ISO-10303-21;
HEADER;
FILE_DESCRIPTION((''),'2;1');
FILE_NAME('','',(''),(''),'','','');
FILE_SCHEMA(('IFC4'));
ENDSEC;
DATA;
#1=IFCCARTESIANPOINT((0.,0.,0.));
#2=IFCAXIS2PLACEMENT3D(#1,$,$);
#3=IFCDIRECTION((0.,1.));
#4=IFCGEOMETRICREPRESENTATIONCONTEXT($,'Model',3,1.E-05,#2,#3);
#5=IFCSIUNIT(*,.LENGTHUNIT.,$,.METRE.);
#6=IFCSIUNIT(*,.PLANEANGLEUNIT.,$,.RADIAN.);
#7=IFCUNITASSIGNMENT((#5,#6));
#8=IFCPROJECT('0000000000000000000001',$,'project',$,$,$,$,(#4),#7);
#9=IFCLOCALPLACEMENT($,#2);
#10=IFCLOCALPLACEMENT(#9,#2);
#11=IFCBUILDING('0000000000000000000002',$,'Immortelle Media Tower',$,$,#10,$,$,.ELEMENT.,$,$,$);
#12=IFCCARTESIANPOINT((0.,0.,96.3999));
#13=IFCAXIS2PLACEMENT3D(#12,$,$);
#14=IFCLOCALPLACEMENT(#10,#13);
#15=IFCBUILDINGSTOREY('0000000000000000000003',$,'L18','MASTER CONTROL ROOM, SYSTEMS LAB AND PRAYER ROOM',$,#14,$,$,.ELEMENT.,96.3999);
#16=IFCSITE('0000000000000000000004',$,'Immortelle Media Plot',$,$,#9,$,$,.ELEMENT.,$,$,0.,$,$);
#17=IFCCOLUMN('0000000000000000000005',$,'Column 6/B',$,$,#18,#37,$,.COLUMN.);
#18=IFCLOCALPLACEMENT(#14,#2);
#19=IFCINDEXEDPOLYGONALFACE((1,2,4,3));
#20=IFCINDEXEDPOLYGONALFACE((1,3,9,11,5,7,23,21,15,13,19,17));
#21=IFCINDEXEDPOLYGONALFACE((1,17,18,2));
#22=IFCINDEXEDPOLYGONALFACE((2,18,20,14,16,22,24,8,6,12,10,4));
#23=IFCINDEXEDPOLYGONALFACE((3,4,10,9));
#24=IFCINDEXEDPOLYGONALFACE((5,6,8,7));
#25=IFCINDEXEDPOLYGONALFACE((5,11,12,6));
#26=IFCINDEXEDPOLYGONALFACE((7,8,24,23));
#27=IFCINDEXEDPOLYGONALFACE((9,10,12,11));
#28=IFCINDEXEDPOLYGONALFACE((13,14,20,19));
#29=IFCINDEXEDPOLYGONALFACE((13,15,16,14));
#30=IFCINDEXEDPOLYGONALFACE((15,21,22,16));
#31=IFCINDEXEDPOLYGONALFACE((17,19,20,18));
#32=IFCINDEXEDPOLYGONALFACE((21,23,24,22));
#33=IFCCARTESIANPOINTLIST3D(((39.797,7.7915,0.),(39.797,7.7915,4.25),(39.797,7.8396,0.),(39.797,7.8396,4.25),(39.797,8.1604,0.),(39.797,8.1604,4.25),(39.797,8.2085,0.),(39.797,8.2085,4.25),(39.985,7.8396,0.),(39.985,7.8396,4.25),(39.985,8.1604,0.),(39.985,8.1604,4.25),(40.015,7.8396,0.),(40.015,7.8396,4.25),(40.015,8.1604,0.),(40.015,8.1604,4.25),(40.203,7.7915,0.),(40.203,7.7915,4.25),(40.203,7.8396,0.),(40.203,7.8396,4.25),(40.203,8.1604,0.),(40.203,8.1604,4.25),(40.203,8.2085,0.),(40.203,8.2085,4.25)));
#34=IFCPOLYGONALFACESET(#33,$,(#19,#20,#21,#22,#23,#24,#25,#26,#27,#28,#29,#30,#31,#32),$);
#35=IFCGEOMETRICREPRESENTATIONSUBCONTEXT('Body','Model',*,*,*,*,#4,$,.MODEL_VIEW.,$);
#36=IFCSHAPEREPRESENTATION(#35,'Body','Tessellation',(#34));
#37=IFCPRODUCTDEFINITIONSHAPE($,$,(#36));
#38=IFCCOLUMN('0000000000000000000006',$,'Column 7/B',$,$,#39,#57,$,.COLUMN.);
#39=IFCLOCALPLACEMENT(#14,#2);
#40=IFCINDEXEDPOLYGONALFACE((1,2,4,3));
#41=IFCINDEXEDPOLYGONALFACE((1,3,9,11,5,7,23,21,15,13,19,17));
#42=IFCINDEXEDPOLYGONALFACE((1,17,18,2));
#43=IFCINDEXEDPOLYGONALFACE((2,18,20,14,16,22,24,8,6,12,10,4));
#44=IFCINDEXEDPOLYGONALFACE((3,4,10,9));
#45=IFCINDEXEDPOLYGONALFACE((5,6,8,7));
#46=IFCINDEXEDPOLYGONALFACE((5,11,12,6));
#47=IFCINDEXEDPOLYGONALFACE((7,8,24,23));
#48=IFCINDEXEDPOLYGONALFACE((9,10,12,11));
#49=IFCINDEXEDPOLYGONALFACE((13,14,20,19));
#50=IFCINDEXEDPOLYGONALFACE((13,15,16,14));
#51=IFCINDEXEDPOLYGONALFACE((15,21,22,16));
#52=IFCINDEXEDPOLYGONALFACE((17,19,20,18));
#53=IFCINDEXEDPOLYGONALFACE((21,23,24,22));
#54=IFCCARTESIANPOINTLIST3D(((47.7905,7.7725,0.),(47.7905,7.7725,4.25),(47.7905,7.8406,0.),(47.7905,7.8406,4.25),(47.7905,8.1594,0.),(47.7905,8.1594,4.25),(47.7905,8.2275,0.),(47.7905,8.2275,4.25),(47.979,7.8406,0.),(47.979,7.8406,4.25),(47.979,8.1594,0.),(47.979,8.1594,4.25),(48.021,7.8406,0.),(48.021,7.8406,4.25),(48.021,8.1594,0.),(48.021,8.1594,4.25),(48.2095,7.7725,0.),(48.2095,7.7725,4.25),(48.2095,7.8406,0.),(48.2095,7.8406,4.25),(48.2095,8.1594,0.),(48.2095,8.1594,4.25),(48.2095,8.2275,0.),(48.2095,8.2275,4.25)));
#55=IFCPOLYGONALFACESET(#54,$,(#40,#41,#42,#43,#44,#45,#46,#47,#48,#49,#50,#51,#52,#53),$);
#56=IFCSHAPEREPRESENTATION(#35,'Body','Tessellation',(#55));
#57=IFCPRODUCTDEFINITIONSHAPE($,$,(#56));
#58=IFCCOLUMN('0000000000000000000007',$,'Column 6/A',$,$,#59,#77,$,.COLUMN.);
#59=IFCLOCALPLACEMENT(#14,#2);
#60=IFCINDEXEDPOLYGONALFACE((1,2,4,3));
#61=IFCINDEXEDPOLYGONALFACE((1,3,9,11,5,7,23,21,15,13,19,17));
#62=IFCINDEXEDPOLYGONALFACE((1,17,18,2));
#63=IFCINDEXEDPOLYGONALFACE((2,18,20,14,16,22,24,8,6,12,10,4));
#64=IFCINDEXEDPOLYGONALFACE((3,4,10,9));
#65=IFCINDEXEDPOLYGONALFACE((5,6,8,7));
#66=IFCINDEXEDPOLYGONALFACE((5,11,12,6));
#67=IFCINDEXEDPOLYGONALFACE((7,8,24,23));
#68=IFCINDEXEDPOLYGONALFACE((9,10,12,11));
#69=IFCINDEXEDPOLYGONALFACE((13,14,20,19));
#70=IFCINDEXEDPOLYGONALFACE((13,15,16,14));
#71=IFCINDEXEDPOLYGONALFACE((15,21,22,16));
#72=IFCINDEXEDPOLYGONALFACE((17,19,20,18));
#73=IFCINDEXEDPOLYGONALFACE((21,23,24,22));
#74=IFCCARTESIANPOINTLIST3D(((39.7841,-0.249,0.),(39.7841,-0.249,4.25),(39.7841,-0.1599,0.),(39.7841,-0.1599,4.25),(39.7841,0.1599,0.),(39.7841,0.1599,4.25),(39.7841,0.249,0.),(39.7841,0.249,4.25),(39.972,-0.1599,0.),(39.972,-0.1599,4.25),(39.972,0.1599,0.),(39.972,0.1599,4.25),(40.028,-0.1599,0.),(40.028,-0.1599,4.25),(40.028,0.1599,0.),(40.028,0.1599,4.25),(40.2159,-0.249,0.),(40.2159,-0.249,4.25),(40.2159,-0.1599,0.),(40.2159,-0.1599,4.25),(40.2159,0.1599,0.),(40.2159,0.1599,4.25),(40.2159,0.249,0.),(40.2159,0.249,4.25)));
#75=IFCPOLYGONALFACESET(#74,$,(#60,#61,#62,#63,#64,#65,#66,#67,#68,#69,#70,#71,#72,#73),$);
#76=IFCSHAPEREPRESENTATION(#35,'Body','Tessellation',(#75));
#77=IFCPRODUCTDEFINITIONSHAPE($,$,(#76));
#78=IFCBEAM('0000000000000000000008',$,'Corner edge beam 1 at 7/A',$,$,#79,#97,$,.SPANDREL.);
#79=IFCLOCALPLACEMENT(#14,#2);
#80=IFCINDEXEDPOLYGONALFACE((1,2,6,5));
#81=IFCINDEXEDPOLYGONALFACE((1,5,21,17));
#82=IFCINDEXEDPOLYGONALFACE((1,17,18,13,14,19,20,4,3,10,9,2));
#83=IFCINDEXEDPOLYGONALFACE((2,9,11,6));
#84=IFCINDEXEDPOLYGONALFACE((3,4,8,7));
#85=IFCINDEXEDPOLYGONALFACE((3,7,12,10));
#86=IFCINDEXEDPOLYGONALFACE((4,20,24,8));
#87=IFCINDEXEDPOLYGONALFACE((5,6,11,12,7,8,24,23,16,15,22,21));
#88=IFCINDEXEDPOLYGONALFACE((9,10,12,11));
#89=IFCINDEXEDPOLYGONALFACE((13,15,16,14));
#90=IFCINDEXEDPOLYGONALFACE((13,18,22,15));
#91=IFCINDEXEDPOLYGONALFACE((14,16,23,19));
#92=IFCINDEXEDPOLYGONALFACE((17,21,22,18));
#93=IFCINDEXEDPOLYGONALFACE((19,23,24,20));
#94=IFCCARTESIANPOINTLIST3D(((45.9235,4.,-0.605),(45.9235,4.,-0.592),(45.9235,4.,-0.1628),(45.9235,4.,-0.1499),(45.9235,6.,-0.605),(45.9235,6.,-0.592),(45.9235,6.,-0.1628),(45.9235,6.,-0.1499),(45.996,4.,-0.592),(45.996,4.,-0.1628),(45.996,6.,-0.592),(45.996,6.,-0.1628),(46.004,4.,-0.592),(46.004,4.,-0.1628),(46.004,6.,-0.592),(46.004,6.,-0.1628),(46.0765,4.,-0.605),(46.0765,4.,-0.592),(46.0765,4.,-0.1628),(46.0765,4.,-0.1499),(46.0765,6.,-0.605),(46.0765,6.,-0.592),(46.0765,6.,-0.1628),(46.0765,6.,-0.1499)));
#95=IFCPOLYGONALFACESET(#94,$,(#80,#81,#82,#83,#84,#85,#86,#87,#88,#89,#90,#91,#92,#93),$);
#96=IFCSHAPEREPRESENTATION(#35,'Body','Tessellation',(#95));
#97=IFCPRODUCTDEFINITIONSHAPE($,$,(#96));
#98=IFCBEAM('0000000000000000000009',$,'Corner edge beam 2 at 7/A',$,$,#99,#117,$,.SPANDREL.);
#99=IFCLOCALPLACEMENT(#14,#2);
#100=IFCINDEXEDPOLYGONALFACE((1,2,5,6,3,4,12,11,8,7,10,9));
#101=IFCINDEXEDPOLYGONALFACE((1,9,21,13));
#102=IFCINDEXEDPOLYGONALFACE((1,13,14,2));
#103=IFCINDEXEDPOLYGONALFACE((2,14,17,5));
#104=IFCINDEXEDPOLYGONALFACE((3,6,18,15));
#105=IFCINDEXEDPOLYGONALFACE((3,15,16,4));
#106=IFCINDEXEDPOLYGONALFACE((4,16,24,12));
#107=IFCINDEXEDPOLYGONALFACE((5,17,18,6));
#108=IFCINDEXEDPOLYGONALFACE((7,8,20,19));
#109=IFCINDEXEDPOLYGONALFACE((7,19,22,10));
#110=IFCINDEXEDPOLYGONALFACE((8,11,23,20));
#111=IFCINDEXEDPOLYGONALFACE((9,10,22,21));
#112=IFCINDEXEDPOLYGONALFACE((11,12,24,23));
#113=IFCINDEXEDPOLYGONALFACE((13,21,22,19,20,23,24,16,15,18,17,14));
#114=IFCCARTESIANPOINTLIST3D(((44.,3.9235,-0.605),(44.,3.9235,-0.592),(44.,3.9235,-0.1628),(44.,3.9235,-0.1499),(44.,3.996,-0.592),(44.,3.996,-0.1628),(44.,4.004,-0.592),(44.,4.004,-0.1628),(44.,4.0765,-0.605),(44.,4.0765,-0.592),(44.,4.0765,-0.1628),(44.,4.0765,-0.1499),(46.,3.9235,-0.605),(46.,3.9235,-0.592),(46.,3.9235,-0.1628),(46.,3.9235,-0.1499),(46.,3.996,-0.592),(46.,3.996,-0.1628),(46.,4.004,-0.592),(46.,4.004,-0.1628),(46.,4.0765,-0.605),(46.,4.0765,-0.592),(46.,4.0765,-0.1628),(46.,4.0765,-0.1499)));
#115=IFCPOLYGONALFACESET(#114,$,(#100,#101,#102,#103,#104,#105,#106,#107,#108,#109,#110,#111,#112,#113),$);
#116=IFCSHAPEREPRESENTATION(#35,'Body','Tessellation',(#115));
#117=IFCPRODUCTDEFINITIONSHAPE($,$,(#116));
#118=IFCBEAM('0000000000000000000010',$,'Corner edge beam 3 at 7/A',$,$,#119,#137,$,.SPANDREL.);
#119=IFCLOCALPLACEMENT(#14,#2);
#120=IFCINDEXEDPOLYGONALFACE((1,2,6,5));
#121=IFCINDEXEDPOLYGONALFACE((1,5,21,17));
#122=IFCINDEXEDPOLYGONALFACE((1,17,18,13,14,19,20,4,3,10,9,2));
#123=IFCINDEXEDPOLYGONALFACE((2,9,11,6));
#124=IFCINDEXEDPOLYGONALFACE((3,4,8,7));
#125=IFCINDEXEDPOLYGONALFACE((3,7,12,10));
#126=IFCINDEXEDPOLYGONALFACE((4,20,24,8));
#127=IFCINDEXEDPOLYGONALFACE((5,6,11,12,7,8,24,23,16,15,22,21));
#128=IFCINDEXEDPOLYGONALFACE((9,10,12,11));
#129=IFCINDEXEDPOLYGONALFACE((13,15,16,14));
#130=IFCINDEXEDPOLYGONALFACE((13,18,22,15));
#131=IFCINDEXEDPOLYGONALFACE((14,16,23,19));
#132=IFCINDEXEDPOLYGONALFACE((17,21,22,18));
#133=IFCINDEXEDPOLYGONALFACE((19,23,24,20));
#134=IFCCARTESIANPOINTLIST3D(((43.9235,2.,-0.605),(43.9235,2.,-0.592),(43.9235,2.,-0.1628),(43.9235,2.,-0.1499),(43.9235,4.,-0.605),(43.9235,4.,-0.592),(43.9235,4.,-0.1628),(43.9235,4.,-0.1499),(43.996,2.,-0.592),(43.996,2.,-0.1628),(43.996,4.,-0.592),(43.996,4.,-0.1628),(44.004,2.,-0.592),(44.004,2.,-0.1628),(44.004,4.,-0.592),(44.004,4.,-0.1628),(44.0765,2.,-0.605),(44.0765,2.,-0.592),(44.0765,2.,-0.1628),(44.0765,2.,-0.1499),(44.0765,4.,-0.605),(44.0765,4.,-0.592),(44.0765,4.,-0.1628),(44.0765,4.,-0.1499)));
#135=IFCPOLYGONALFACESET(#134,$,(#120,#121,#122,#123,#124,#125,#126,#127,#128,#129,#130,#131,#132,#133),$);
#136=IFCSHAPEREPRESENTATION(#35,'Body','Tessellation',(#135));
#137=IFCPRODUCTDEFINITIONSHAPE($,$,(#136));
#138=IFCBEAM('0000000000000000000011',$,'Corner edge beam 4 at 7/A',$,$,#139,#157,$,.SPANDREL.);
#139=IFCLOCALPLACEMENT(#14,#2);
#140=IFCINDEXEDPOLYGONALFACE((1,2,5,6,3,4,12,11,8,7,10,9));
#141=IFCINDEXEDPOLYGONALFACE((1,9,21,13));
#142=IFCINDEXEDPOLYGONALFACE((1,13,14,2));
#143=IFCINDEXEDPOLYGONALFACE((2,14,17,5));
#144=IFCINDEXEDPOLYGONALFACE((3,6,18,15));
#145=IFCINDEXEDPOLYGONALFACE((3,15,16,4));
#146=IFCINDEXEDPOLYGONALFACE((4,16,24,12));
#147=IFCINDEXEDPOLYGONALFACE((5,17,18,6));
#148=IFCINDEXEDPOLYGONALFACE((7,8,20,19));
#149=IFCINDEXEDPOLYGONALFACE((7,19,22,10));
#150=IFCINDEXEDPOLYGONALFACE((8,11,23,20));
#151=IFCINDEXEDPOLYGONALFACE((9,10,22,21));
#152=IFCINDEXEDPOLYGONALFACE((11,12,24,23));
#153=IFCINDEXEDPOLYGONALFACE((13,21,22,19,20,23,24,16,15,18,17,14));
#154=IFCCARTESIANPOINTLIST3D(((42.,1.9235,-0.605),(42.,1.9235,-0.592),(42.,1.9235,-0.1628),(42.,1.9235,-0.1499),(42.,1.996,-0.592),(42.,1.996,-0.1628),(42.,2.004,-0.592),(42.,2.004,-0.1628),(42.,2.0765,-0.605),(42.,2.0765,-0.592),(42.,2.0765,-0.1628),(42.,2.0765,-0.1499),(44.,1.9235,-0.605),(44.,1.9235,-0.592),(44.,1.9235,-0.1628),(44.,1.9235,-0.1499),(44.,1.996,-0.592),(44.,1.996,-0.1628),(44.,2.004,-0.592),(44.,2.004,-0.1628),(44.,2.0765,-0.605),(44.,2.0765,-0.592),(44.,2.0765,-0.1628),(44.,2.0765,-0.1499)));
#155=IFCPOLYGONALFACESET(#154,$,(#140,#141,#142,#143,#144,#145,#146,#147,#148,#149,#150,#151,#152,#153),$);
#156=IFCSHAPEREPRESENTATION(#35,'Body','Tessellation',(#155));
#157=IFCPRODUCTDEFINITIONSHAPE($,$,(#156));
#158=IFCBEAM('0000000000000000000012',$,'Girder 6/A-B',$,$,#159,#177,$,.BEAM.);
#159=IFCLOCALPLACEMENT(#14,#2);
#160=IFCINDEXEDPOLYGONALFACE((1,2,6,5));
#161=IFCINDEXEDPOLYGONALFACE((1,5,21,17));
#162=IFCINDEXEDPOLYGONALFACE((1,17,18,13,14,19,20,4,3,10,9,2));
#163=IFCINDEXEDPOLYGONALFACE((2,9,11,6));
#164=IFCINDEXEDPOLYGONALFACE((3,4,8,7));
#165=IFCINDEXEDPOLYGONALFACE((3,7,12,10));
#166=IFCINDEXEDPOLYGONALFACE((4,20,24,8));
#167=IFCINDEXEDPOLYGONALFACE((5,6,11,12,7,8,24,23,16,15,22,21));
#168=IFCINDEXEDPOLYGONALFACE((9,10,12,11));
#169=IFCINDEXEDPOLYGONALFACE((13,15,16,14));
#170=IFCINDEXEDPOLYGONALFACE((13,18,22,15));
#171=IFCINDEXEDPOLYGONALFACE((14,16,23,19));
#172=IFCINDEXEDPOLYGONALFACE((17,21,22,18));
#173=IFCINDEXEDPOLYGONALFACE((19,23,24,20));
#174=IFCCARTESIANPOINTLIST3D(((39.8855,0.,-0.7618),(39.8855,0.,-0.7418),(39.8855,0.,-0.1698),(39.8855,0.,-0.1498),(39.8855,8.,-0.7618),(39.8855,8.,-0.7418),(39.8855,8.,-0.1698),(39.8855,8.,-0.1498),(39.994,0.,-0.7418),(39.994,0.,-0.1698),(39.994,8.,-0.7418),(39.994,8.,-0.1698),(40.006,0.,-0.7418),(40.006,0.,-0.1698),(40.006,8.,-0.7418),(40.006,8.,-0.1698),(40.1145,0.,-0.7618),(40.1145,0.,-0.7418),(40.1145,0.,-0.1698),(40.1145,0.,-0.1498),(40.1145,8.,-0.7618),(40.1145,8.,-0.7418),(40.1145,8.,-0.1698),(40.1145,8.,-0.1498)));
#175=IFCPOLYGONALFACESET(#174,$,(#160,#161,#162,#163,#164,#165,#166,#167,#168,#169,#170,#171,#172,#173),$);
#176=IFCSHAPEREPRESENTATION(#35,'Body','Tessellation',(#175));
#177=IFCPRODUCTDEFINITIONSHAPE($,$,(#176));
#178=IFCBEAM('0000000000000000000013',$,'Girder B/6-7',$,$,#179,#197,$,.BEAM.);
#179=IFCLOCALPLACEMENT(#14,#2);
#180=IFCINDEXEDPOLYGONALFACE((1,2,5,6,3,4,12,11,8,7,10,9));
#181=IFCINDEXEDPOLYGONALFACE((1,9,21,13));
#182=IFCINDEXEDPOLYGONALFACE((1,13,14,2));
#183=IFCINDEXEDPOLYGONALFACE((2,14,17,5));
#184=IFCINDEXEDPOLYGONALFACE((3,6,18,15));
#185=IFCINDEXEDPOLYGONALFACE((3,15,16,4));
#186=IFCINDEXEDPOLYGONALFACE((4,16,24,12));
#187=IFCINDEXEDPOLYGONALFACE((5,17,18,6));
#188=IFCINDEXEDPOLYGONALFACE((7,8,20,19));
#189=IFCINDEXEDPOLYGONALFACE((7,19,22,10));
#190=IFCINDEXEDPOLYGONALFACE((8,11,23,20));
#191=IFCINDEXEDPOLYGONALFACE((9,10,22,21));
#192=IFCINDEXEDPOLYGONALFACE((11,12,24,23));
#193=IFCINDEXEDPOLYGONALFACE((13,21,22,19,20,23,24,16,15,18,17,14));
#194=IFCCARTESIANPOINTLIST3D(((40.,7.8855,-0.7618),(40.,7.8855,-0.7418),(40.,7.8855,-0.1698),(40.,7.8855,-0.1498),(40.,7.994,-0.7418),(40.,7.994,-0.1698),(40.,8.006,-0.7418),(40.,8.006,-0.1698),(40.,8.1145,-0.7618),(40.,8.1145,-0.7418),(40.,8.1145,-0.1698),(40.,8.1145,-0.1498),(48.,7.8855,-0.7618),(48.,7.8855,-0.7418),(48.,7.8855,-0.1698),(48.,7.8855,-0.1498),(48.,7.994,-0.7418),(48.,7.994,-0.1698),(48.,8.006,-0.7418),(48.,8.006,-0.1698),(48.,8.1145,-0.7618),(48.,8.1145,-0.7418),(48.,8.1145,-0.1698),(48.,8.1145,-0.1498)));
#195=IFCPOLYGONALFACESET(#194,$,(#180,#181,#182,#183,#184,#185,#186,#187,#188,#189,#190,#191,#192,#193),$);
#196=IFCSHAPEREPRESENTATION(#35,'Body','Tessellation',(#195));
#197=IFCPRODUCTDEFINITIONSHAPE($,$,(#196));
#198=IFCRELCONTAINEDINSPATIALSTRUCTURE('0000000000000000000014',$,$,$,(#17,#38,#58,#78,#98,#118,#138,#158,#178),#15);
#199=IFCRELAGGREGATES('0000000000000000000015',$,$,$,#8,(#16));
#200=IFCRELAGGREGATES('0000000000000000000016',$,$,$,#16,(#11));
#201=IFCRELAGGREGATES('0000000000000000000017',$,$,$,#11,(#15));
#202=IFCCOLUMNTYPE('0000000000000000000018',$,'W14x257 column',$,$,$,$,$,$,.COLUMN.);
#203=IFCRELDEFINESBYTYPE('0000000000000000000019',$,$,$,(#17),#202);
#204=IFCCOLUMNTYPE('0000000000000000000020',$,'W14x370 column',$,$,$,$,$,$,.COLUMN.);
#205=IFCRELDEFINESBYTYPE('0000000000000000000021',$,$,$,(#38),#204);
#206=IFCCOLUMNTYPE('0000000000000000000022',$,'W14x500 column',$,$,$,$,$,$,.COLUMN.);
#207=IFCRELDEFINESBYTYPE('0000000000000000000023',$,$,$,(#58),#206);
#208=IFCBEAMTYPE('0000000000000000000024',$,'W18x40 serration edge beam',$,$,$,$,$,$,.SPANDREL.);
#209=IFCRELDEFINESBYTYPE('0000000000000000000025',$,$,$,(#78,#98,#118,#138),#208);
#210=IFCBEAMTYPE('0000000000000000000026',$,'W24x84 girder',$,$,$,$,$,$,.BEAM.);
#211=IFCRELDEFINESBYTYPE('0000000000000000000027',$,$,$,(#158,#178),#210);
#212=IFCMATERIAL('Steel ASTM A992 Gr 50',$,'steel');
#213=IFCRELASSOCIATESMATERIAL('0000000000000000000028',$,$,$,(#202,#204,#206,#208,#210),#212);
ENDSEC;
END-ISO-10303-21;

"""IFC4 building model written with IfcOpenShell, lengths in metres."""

from ifc_helpers import new_model, si_unit, direction, frame, origin, origin_2d, place, context, subcontext, project, spatial, i_section, extrude, material, material_profile, profile_set, type_object, element, save


model = new_model("IFC4")

# Units and contexts
model_context = context("Model", 3, precision=1e-05, world=origin(), true_north=direction((0.0, 1.0)))
body_context = subcontext(model_context, "Body", "Model", "MODEL_VIEW")
ifc_project = project(units=[si_unit("LENGTHUNIT", "METRE"), si_unit("PLANEANGLEUNIT", "RADIAN")], contexts=[model_context])

# Site, building, storey
site_placement = place(None, origin())
site = spatial("IfcSite", under=ifc_project, at=site_placement, Name="Immortelle Media Plot", CompositionType="ELEMENT", RefElevation=0.0)
building_placement = place(site_placement, origin())
building = spatial("IfcBuilding", under=site, at=building_placement, Name="Immortelle Media Tower", CompositionType="ELEMENT")
storey_placement = place(building_placement, frame((0.0, 0.0, 96.3999)))
storey = spatial("IfcBuildingStorey", under=building, at=storey_placement, Name="L18", Description="MASTER CONTROL ROOM, SYSTEMS LAB AND PRAYER ROOM", CompositionType="ELEMENT", Elevation=96.3999)

# Columns
ifc_material_1 = material(Name="Steel ASTM A992 Gr 50", Category="steel")
ifc_material_profile_1 = material_profile(ifc_material_1, i_section(OverallWidth=0.406, OverallDepth=0.417, WebThickness=0.03, FlangeThickness=0.0481, at=origin_2d()), Name="W14x257")
ifc_profile_set_1 = profile_set([ifc_material_profile_1], Name="Steel ASTM A992 Gr 50")
column_type_1 = type_object("IfcColumnType", Name="W14x257 column", PredefinedType="COLUMN", material=ifc_profile_set_1)
column_1_placement = place(storey_placement, frame((40.0, 8.0, 0.0), z_axis=(0.0, 0.0, 1.0), x_axis=(1.0, 0.0, 0.0)))
element("IfcColumn", 1, at=column_1_placement, inside=storey, type_object=column_type_1, Name="Column 6/B", PredefinedType="COLUMN", context=body_context, shape_type="SweptSolid", body=[
    extrude(i_section(OverallWidth=0.406, OverallDepth=0.417, WebThickness=0.03, FlangeThickness=0.0481, at=origin_2d()), origin(), (0.0, 0.0, 1.0), 4.25),
])
ifc_material_profile_2 = material_profile(ifc_material_1, i_section(OverallWidth=0.4189, OverallDepth=0.4551, WebThickness=0.042, FlangeThickness=0.0681, at=origin_2d()), Name="W14x370")
ifc_profile_set_2 = profile_set([ifc_material_profile_2], Name="Steel ASTM A992 Gr 50")
column_type_2 = type_object("IfcColumnType", Name="W14x370 column", PredefinedType="COLUMN", material=ifc_profile_set_2)
column_2_placement = place(storey_placement, frame((48.0, 8.0, 0.0), z_axis=(0.0, 0.0, 1.0), x_axis=(1.0, 0.0, 0.0)))
element("IfcColumn", 2, at=column_2_placement, inside=storey, type_object=column_type_2, Name="Column 7/B", PredefinedType="COLUMN", context=body_context, shape_type="SweptSolid", body=[
    extrude(i_section(OverallWidth=0.4189, OverallDepth=0.4551, WebThickness=0.042, FlangeThickness=0.0681, at=origin_2d()), origin(), (0.0, 0.0, 1.0), 4.25),
])
ifc_material_profile_3 = material_profile(ifc_material_1, i_section(OverallWidth=0.4319, OverallDepth=0.498, WebThickness=0.0559, FlangeThickness=0.0891, at=origin_2d()), Name="W14x500")
ifc_profile_set_3 = profile_set([ifc_material_profile_3], Name="Steel ASTM A992 Gr 50")
column_type_3 = type_object("IfcColumnType", Name="W14x500 column", PredefinedType="COLUMN", material=ifc_profile_set_3)
column_3_placement = place(storey_placement, frame((40.0, 0.0, 0.0), z_axis=(0.0, 0.0, 1.0), x_axis=(1.0, 0.0, 0.0)))
element("IfcColumn", 3, at=column_3_placement, inside=storey, type_object=column_type_3, Name="Column 6/A", PredefinedType="COLUMN", context=body_context, shape_type="SweptSolid", body=[
    extrude(i_section(OverallWidth=0.4319, OverallDepth=0.498, WebThickness=0.0559, FlangeThickness=0.0891, at=origin_2d()), origin(), (0.0, 0.0, 1.0), 4.25),
])

# Beams
ifc_material_profile_4 = material_profile(ifc_material_1, i_section(OverallWidth=0.1531, OverallDepth=0.4551, WebThickness=0.0081, FlangeThickness=0.0129, at=origin_2d()), Name="W18x40")
ifc_profile_set_4 = profile_set([ifc_material_profile_4], Name="Steel ASTM A992 Gr 50")
beam_type_1 = type_object("IfcBeamType", Name="W18x40 serration edge beam", PredefinedType="SPANDREL", material=ifc_profile_set_4)
for number, where, z_axis, x_axis, name in (
    (4, (46.0, 6.0, -0.3774), (0.0, -1.0, 0.0), (1.0, 0.0, 0.0), "Corner edge beam 1 at 7/A"),
    (5, (46.0, 4.0, -0.3774), (-1.0, 0.0, 0.0), (0.0, -1.0, 0.0), "Corner edge beam 2 at 7/A"),
    (6, (44.0, 4.0, -0.3774), (0.0, -1.0, 0.0), (1.0, 0.0, 0.0), "Corner edge beam 3 at 7/A"),
    (7, (44.0, 2.0, -0.3774), (-1.0, 0.0, 0.0), (0.0, -1.0, 0.0), "Corner edge beam 4 at 7/A"),
):
    element("IfcBeam", number, at=place(storey_placement, frame(where, z_axis=z_axis, x_axis=x_axis)), inside=storey, type_object=beam_type_1, Name=name, PredefinedType="SPANDREL", context=body_context, shape_type="SweptSolid", body=[
        extrude(i_section(OverallWidth=0.1531, OverallDepth=0.4551, WebThickness=0.0081, FlangeThickness=0.0129, at=origin_2d()), origin(), (0.0, 0.0, 1.0), 2.0),
    ])
ifc_material_profile_5 = material_profile(ifc_material_1, i_section(OverallWidth=0.229, OverallDepth=0.6121, WebThickness=0.012, FlangeThickness=0.02, at=origin_2d()), Name="W24x84")
ifc_profile_set_5 = profile_set([ifc_material_profile_5], Name="Steel ASTM A992 Gr 50")
beam_type_2 = type_object("IfcBeamType", Name="W24x84 girder", PredefinedType="BEAM", material=ifc_profile_set_5)
for number, where, z_axis, x_axis, name in (
    (8, (40.0, 0.0, -0.4558), (0.0, 1.0, 0.0), (-1.0, 0.0, 0.0), "Girder 6/A-B"),
    (9, (40.0, 8.0, -0.4558), (1.0, 0.0, 0.0), (0.0, 1.0, 0.0), "Girder B/6-7"),
):
    element("IfcBeam", number, at=place(storey_placement, frame(where, z_axis=z_axis, x_axis=x_axis)), inside=storey, type_object=beam_type_2, Name=name, PredefinedType="BEAM", context=body_context, shape_type="SweptSolid", body=[
        extrude(i_section(OverallWidth=0.229, OverallDepth=0.6121, WebThickness=0.012, FlangeThickness=0.02, at=origin_2d()), origin(), (0.0, 0.0, 1.0), 8.0),
    ])

save(model, "model.ifc")
